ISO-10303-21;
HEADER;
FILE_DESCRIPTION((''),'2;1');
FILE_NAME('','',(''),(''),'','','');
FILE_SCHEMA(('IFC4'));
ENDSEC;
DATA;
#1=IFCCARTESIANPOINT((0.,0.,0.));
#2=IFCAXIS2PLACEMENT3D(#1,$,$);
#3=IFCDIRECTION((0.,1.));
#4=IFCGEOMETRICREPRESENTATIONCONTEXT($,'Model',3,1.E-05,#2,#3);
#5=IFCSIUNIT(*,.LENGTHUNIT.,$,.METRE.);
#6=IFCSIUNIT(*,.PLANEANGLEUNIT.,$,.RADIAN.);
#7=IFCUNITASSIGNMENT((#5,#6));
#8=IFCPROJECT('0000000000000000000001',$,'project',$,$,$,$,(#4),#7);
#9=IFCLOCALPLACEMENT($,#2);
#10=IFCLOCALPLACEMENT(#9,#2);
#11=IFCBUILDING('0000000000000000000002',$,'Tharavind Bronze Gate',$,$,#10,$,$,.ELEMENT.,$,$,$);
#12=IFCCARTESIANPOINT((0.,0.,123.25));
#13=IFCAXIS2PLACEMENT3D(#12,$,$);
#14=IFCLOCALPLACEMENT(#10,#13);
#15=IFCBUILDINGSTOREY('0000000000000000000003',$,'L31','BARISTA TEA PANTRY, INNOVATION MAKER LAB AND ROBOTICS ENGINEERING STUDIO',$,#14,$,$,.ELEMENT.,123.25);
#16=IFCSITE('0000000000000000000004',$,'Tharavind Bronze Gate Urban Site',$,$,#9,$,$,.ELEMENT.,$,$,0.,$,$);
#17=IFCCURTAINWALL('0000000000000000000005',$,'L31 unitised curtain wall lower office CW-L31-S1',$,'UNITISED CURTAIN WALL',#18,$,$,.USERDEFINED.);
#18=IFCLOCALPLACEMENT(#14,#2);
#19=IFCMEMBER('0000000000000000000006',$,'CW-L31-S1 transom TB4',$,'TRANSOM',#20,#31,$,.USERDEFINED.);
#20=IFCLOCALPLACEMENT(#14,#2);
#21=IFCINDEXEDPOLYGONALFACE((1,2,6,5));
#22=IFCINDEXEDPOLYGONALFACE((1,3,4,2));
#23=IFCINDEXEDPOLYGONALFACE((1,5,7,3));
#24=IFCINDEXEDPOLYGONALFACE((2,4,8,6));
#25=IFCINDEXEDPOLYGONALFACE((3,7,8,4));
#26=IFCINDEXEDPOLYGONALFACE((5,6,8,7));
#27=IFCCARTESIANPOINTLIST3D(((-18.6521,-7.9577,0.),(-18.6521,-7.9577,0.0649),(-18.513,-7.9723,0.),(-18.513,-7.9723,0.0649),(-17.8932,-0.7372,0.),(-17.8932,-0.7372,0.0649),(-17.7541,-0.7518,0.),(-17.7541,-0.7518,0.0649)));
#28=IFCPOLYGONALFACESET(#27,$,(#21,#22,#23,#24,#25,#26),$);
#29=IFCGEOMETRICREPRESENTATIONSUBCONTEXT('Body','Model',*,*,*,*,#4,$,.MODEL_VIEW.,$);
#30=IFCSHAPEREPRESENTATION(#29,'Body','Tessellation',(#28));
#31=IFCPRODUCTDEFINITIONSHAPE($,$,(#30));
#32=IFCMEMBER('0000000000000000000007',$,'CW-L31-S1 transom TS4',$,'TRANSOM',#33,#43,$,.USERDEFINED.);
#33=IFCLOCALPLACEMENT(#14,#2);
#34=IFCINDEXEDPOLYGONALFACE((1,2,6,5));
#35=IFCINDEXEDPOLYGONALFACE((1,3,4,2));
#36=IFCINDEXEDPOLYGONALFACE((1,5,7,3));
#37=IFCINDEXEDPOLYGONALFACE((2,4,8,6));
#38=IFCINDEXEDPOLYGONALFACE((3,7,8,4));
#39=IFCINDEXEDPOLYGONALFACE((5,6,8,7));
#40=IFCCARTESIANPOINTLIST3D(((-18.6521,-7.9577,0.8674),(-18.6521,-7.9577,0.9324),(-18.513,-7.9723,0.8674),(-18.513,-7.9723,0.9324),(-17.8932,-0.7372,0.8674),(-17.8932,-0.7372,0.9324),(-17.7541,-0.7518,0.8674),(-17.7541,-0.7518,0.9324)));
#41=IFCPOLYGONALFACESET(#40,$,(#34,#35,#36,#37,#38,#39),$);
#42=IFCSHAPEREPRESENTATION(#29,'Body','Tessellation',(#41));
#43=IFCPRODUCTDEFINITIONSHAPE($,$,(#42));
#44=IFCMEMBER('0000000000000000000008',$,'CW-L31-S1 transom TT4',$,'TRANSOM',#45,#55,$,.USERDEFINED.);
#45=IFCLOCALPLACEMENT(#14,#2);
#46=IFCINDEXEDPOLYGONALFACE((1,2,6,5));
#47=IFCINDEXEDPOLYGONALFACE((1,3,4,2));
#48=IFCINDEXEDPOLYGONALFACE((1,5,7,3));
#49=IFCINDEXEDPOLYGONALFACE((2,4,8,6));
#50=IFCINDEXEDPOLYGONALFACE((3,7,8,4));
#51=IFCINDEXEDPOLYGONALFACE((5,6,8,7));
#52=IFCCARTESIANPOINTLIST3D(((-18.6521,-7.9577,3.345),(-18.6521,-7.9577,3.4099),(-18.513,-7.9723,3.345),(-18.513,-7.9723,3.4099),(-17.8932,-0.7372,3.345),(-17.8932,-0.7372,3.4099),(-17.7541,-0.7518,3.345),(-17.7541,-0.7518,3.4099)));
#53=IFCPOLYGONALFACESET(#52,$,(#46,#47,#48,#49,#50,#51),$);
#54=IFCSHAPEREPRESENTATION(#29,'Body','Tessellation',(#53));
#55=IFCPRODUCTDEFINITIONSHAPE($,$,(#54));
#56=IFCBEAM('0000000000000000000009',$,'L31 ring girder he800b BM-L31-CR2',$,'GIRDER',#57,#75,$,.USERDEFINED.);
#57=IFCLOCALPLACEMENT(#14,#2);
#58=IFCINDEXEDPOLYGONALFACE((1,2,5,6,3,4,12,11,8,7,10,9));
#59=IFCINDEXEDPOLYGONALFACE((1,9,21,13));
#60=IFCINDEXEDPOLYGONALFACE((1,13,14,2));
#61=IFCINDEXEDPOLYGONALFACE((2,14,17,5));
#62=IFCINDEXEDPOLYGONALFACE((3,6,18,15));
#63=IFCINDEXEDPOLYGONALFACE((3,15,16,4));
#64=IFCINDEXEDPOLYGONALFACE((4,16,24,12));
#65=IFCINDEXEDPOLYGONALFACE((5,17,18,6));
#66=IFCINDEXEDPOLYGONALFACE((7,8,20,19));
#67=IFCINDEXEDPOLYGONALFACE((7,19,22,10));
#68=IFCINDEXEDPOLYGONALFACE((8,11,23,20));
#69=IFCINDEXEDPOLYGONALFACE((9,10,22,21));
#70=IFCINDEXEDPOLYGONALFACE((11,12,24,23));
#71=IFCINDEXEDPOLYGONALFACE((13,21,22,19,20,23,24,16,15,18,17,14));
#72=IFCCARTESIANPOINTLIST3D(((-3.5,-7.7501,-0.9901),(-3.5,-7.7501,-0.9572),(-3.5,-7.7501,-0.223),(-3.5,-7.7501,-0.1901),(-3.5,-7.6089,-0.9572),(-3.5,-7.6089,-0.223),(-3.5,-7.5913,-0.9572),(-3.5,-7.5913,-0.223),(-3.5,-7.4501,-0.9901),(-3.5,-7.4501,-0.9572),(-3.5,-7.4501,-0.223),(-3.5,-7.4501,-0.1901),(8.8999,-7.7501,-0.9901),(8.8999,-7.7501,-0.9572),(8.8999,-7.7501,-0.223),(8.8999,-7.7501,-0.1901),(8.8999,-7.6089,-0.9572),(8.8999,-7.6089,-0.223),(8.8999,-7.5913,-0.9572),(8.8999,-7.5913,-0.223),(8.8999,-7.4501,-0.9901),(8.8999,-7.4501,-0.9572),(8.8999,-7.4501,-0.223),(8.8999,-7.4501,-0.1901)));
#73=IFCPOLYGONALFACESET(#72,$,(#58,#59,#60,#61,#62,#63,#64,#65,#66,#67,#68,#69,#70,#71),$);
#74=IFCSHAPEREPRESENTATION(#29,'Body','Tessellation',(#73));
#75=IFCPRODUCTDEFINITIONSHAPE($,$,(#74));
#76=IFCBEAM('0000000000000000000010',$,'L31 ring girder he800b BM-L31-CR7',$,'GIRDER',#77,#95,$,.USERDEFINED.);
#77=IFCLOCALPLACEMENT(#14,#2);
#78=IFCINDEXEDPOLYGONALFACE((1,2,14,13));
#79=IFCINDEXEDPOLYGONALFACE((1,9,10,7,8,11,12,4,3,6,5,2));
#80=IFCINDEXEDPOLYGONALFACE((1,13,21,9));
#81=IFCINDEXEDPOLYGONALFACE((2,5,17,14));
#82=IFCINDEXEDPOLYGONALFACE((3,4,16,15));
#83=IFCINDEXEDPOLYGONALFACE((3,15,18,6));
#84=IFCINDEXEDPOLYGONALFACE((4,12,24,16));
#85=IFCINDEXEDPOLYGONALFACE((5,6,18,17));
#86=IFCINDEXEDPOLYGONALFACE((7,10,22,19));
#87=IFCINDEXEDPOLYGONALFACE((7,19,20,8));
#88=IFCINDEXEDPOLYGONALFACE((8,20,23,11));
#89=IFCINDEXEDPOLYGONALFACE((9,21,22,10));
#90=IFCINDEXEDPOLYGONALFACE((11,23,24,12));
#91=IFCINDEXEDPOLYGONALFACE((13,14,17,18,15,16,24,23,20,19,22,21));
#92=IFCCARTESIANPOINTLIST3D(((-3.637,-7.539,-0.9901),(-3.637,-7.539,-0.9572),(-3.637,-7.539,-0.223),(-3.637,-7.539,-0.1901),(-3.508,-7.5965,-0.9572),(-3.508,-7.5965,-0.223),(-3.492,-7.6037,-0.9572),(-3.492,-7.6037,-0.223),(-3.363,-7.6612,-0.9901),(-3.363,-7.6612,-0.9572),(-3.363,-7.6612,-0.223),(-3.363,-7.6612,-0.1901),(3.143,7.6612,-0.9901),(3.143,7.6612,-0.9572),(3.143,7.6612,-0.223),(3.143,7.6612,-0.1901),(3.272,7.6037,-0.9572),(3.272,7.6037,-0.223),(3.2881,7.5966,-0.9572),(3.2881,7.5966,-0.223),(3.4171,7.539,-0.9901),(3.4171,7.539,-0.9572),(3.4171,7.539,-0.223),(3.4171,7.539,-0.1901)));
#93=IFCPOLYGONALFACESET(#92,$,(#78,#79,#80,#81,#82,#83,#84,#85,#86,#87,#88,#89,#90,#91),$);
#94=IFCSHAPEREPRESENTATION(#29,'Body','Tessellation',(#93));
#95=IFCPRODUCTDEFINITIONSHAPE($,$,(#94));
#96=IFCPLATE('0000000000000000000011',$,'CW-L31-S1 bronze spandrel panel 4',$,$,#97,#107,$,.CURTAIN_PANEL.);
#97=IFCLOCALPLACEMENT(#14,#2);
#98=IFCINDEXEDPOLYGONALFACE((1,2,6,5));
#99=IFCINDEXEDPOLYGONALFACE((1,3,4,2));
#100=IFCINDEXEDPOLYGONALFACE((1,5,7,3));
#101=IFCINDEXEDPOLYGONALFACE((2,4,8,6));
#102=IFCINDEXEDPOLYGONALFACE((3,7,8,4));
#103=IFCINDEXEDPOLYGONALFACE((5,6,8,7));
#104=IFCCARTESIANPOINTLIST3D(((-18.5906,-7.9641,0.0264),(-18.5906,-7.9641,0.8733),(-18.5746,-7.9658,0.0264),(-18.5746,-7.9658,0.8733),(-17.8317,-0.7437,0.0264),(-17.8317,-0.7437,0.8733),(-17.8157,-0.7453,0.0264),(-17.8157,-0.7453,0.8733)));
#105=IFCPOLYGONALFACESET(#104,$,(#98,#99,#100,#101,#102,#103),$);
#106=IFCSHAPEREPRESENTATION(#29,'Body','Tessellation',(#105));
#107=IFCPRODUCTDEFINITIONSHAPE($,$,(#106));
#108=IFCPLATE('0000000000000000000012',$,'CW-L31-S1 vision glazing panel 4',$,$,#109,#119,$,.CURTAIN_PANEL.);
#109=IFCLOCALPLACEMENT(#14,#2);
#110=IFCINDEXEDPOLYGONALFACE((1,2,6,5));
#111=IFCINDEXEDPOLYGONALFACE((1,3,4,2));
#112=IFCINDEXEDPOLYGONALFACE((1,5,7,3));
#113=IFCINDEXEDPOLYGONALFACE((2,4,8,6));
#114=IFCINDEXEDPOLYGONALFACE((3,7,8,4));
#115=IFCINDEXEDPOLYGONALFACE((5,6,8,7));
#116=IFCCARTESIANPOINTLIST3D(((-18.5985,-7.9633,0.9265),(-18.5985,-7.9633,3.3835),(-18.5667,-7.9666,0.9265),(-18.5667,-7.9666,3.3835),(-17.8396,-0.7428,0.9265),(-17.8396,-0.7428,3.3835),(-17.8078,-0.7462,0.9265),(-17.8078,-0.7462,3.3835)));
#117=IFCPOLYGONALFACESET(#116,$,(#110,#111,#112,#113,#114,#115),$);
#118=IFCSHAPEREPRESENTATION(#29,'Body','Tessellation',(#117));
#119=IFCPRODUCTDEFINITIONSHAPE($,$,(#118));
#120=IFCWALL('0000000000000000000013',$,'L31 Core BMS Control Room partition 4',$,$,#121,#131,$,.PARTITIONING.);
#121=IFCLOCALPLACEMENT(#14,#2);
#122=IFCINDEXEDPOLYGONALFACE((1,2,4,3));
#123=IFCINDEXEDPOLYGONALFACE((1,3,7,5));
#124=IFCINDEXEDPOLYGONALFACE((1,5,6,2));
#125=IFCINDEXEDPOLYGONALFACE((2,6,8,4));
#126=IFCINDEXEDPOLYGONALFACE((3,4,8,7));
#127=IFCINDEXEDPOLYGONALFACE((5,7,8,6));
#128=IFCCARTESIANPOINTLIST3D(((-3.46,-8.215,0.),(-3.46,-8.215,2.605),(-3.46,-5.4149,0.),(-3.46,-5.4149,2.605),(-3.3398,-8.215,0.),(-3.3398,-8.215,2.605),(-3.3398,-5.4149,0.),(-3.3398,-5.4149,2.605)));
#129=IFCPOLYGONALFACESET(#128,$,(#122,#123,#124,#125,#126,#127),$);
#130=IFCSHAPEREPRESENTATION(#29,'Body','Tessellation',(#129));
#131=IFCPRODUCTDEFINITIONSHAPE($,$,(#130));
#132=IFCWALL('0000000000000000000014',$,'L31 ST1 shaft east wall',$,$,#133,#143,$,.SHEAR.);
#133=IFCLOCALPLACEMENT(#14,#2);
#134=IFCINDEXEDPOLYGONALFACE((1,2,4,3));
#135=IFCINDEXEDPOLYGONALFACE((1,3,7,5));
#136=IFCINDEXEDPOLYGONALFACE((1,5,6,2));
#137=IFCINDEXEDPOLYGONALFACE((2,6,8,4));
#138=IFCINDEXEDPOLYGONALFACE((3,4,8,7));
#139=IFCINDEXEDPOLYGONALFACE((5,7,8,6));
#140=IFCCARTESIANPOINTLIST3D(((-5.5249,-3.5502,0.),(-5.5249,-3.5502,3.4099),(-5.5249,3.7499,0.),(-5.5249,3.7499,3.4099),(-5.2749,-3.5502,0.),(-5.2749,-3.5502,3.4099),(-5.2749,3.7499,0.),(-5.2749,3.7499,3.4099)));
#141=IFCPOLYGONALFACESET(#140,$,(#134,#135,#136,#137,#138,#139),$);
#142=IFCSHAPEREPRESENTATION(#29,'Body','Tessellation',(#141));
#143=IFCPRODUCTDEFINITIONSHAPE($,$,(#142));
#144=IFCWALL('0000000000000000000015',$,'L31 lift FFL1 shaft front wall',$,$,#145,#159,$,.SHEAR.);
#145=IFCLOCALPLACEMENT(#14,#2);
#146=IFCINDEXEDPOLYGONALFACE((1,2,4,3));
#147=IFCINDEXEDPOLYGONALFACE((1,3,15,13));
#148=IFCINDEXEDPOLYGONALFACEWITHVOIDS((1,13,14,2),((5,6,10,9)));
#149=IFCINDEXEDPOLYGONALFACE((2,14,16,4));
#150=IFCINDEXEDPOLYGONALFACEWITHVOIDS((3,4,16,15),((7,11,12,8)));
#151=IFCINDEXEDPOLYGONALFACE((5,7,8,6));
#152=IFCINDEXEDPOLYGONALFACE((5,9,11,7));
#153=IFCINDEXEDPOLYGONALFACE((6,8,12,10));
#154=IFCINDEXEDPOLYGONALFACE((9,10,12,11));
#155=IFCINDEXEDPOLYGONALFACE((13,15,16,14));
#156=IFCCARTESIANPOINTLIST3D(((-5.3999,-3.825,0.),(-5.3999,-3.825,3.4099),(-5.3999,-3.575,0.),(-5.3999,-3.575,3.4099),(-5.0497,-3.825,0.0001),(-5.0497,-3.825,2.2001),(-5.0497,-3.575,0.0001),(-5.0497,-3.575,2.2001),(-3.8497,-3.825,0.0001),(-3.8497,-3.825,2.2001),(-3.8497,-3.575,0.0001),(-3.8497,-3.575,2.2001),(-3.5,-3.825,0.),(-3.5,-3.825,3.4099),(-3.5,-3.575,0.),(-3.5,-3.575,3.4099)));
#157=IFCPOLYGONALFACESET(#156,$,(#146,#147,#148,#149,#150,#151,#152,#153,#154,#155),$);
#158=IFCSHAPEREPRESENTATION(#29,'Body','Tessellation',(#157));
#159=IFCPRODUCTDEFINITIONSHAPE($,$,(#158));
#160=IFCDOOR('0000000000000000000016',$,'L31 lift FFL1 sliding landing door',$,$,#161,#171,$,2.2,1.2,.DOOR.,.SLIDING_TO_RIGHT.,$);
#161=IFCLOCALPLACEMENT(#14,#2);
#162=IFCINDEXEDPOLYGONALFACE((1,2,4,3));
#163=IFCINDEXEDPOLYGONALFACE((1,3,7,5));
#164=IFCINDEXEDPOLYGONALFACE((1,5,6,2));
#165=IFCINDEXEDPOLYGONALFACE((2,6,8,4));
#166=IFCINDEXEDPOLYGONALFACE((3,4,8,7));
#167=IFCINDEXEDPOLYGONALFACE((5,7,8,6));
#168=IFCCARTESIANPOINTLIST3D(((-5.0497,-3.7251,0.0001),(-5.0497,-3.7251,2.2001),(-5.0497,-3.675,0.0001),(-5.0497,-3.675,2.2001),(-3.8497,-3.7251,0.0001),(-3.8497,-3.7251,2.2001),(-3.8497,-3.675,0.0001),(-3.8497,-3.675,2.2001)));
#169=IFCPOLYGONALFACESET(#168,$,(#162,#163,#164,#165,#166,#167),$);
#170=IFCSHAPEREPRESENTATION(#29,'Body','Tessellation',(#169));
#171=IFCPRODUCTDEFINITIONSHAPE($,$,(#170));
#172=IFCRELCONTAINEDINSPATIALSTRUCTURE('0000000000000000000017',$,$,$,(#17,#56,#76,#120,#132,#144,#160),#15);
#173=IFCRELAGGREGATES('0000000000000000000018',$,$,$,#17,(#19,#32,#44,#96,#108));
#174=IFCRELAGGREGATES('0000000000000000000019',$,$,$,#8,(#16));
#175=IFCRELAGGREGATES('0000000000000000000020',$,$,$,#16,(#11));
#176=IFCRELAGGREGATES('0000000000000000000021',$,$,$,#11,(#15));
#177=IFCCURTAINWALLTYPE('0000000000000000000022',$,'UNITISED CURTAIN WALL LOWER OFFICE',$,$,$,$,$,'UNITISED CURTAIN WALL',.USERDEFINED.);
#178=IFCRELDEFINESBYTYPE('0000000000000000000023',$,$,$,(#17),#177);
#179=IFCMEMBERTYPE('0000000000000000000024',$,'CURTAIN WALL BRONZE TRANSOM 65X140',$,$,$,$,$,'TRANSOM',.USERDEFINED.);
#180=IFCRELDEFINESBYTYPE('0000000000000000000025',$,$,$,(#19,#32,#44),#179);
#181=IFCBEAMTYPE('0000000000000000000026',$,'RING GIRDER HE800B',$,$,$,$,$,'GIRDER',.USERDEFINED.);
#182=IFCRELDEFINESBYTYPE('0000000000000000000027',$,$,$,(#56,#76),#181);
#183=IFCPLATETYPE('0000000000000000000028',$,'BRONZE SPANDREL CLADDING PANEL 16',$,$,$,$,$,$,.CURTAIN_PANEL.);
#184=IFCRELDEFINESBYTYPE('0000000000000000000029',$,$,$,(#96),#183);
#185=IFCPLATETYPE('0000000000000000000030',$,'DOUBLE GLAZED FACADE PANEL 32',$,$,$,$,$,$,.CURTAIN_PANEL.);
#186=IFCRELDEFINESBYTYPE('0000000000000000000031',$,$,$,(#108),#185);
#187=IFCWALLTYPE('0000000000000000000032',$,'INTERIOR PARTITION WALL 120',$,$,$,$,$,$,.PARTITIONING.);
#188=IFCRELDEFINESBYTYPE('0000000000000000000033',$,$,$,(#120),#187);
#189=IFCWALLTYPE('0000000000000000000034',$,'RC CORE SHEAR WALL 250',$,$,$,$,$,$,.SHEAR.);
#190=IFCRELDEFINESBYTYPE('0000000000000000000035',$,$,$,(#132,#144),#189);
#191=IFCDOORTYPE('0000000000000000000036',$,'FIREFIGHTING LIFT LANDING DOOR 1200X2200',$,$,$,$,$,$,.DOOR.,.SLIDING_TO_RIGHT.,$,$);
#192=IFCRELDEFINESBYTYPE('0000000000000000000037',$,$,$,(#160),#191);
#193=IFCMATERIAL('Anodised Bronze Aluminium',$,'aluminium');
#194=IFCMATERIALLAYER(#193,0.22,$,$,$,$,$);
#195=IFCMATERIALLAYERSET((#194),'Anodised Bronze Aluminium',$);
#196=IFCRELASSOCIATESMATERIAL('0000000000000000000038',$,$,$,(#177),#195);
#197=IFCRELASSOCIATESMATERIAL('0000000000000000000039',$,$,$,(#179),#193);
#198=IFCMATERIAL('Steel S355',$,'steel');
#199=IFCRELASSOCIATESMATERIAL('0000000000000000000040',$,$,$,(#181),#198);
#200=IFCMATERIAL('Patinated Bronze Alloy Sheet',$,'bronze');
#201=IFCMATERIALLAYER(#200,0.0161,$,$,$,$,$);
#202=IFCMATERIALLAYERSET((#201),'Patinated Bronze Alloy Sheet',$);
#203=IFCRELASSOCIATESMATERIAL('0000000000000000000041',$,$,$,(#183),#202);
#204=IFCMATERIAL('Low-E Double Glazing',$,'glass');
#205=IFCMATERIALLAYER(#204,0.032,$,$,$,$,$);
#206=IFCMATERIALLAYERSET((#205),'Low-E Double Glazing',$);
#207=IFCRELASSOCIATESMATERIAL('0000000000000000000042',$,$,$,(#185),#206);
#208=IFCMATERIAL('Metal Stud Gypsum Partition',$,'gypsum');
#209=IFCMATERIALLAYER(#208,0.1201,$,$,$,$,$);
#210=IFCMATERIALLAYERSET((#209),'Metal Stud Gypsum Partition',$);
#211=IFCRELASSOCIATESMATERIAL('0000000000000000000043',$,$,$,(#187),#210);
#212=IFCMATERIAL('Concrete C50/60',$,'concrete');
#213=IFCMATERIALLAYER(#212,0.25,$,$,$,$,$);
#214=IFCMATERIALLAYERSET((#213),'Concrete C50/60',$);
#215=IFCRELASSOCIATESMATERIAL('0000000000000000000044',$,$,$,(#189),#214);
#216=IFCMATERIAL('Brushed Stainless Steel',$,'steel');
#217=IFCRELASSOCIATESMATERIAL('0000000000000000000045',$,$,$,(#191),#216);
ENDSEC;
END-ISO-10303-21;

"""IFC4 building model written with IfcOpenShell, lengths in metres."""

from ifc_helpers import new_model, si_unit, direction, frame, frame_2d, origin, origin_2d, place, context, subcontext, project, spatial, rectangle, i_section, extrude, material, layer, layer_set, material_profile, profile_set, type_object, element, fill, aggregate, save


model = new_model("IFC4")

# Units and contexts
model_context = context("Model", 3, precision=1e-05, world=origin(), true_north=direction((0.0, 1.0)))
body_context = subcontext(model_context, "Body", "Model", "MODEL_VIEW")
ifc_project = project(units=[si_unit("LENGTHUNIT", "METRE"), si_unit("PLANEANGLEUNIT", "RADIAN")], contexts=[model_context])

# Site, building, storey
site_placement = place(None, origin())
site = spatial("IfcSite", under=ifc_project, at=site_placement, Name="Tharavind Bronze Gate Urban Site", CompositionType="ELEMENT", RefElevation=0.0)
building_placement = place(site_placement, origin())
building = spatial("IfcBuilding", under=site, at=building_placement, Name="Tharavind Bronze Gate", CompositionType="ELEMENT")
storey_placement = place(building_placement, frame((0.0, 0.0, 123.25)))
storey = spatial("IfcBuildingStorey", under=building, at=storey_placement, Name="L31", Description="BARISTA TEA PANTRY, INNOVATION MAKER LAB AND ROBOTICS ENGINEERING STUDIO", CompositionType="ELEMENT", Elevation=123.25)

# Curtain wall, members
ifc_material_1 = material(Name="Anodised Bronze Aluminium", Category="aluminium")
ifc_layer_1 = layer(ifc_material_1, 0.22)
ifc_layer_set_1 = layer_set([ifc_layer_1], Name="Anodised Bronze Aluminium")
curtain_wall_type = type_object("IfcCurtainWallType", Name="UNITISED CURTAIN WALL LOWER OFFICE", ElementType="UNITISED CURTAIN WALL", PredefinedType="USERDEFINED", material=ifc_layer_set_1)
curtain_wall_placement = place(storey_placement, origin())
curtain_wall = element("IfcCurtainWall", 1, at=curtain_wall_placement, inside=storey, type_object=curtain_wall_type, Name="L31 unitised curtain wall lower office CW-L31-S1", ObjectType="UNITISED CURTAIN WALL", PredefinedType="USERDEFINED")
member_type = type_object("IfcMemberType", Name="CURTAIN WALL BRONZE TRANSOM 65X140", ElementType="TRANSOM", PredefinedType="USERDEFINED", material=ifc_material_1)
member_1_placement = place(storey_placement, frame((-18.2031, -4.3547, 0.0), z_axis=(0.0, 0.0, 1.0), x_axis=(-0.104527, -0.994522, 0.0)))
member_1 = element("IfcMember", 2, at=member_1_placement, type_object=member_type, Name="CW-L31-S1 transom TB4", ObjectType="TRANSOM", PredefinedType="USERDEFINED", context=body_context, shape_type="SweptSolid", body=[
    extrude(rectangle(XDim=7.2603, YDim=0.1399, at=origin_2d()), origin(), (0.0, 0.0, 1.0), 0.0649),
])
member_2_placement = place(storey_placement, frame((-18.2031, -4.3547, 0.8674), z_axis=(0.0, 0.0, 1.0), x_axis=(-0.104527, -0.994522, 0.0)))
member_2 = element("IfcMember", 3, at=member_2_placement, type_object=member_type, Name="CW-L31-S1 transom TS4", ObjectType="TRANSOM", PredefinedType="USERDEFINED", context=body_context, shape_type="SweptSolid", body=[
    extrude(rectangle(XDim=7.2603, YDim=0.1399, at=origin_2d()), origin(), (0.0, 0.0, 1.0), 0.0649),
])
member_3_placement = place(storey_placement, frame((-18.2031, -4.3547, 3.345), z_axis=(0.0, 0.0, 1.0), x_axis=(-0.104527, -0.994522, 0.0)))
member_3 = element("IfcMember", 4, at=member_3_placement, type_object=member_type, Name="CW-L31-S1 transom TT4", ObjectType="TRANSOM", PredefinedType="USERDEFINED", context=body_context, shape_type="SweptSolid", body=[
    extrude(rectangle(XDim=7.2603, YDim=0.1399, at=origin_2d()), origin(), (0.0, 0.0, 1.0), 0.0649),
])

# Beams
ifc_material_2 = material(Name="Steel S355", Category="steel")
ifc_material_profile = material_profile(ifc_material_2, i_section(OverallWidth=0.3, OverallDepth=0.8, WebThickness=0.0176, FlangeThickness=0.033, at=origin_2d()), Name="HE800B")
ifc_profile_set = profile_set([ifc_material_profile], Name="Steel S355")
beam_type = type_object("IfcBeamType", Name="RING GIRDER HE800B", ElementType="GIRDER", PredefinedType="USERDEFINED", material=ifc_profile_set)
beam_1_placement = place(storey_placement, frame((-3.5, -7.6001, -0.5901), z_axis=(1.0, 0.0, 0.0), x_axis=(0.0, 1.0, 0.0)))
element("IfcBeam", 5, at=beam_1_placement, inside=storey, type_object=beam_type, Name="L31 ring girder he800b BM-L31-CR2", ObjectType="GIRDER", PredefinedType="USERDEFINED", context=body_context, shape_type="SweptSolid", body=[
    extrude(i_section(OverallWidth=0.3, OverallDepth=0.8, WebThickness=0.0176, FlangeThickness=0.033, at=origin_2d()), origin(), (0.0, 0.0, 1.0), 12.3999),
])
beam_2_placement = place(storey_placement, frame((-3.5, -7.6001, -0.5901), z_axis=(0.407362, 0.913267, 0.0), x_axis=(-0.913267, 0.407362, 0.0)))
element("IfcBeam", 6, at=beam_2_placement, inside=storey, type_object=beam_type, Name="L31 ring girder he800b BM-L31-CR7", ObjectType="GIRDER", PredefinedType="USERDEFINED", context=body_context, shape_type="SweptSolid", body=[
    extrude(i_section(OverallWidth=0.3, OverallDepth=0.8, WebThickness=0.0176, FlangeThickness=0.033, at=origin_2d()), origin(), (0.0, 0.0, 1.0), 16.6438),
])

# Plates
ifc_material_3 = material(Name="Patinated Bronze Alloy Sheet", Category="bronze")
ifc_layer_2 = layer(ifc_material_3, 0.0161)
ifc_layer_set_2 = layer_set([ifc_layer_2], Name="Patinated Bronze Alloy Sheet")
plate_type_1 = type_object("IfcPlateType", Name="BRONZE SPANDREL CLADDING PANEL 16", PredefinedType="CURTAIN_PANEL", material=ifc_layer_set_2)
plate_1_placement = place(storey_placement, frame((-18.2031, -4.3547, 0.0264), z_axis=(0.0, 0.0, 1.0), x_axis=(-0.104527, -0.994522, 0.0)))
plate_1 = element("IfcPlate", 7, at=plate_1_placement, type_object=plate_type_1, Name="CW-L31-S1 bronze spandrel panel 4", PredefinedType="CURTAIN_PANEL", context=body_context, shape_type="SweptSolid", body=[
    extrude(rectangle(XDim=7.2603, YDim=0.0161, at=origin_2d()), origin(), (0.0, 0.0, 1.0), 0.8469),
])
ifc_material_4 = material(Name="Low-E Double Glazing", Category="glass")
ifc_layer_3 = layer(ifc_material_4, 0.032)
ifc_layer_set_3 = layer_set([ifc_layer_3], Name="Low-E Double Glazing")
plate_type_2 = type_object("IfcPlateType", Name="DOUBLE GLAZED FACADE PANEL 32", PredefinedType="CURTAIN_PANEL", material=ifc_layer_set_3)
plate_2_placement = place(storey_placement, frame((-18.2031, -4.3547, 0.9265), z_axis=(0.0, 0.0, 1.0), x_axis=(-0.104527, -0.994522, 0.0)))
plate_2 = element("IfcPlate", 8, at=plate_2_placement, type_object=plate_type_2, Name="CW-L31-S1 vision glazing panel 4", PredefinedType="CURTAIN_PANEL", context=body_context, shape_type="SweptSolid", body=[
    extrude(rectangle(XDim=7.2603, YDim=0.032, at=origin_2d()), origin(), (0.0, 0.0, 1.0), 2.457),
])
aggregate(curtain_wall, [member_1, member_2, member_3, plate_1, plate_2])

# Walls
ifc_material_5 = material(Name="Metal Stud Gypsum Partition", Category="gypsum")
ifc_layer_4 = layer(ifc_material_5, 0.1201)
ifc_layer_set_4 = layer_set([ifc_layer_4], Name="Metal Stud Gypsum Partition")
wall_type_1 = type_object("IfcWallType", Name="INTERIOR PARTITION WALL 120", PredefinedType="PARTITIONING", material=ifc_layer_set_4)
wall_1_placement = place(storey_placement, frame((-3.3999, -5.415, 0.0), z_axis=(0.0, 0.0, 1.0), x_axis=(0.0, -1.0, 0.0)))
element("IfcWall", 9, at=wall_1_placement, inside=storey, type_object=wall_type_1, Name="L31 Core BMS Control Room partition 4", PredefinedType="PARTITIONING", context=body_context, shape_type="SweptSolid", body=[
    extrude(rectangle(XDim=2.8, YDim=0.1201, at=frame_2d((1.3999, 0.0))), origin(), (0.0, 0.0, 1.0), 2.605),
])
ifc_material_6 = material(Name="Concrete C50/60", Category="concrete")
ifc_layer_5 = layer(ifc_material_6, 0.25)
ifc_layer_set_5 = layer_set([ifc_layer_5], Name="Concrete C50/60")
wall_type_2 = type_object("IfcWallType", Name="RC CORE SHEAR WALL 250", PredefinedType="SHEAR", material=ifc_layer_set_5)
wall_2_placement = place(storey_placement, frame((-5.3999, -3.55, 0.0), z_axis=(0.0, 0.0, 1.0), x_axis=(0.0, 1.0, 0.0)))
element("IfcWall", 10, at=wall_2_placement, inside=storey, type_object=wall_type_2, Name="L31 ST1 shaft east wall", PredefinedType="SHEAR", context=body_context, shape_type="SweptSolid", body=[
    extrude(rectangle(XDim=7.3, YDim=0.25, at=frame_2d((3.6499, 0.0))), origin(), (0.0, 0.0, 1.0), 3.4099),
])

# Wall, opening, door
wall_3_placement = place(storey_placement, frame((-5.3999, -3.7, 0.0), z_axis=(0.0, 0.0, 1.0), x_axis=(1.0, 0.0, 0.0)))
wall_3 = element("IfcWall", 11, at=wall_3_placement, inside=storey, type_object=wall_type_2, Name="L31 lift FFL1 shaft front wall", PredefinedType="SHEAR", context=body_context, shape_type="SweptSolid", body=[
    extrude(rectangle(XDim=1.8999, YDim=0.25, at=frame_2d((0.95, 0.0))), origin(), (0.0, 0.0, 1.0), 3.4099),
])
opening_1_placement = place(wall_3_placement, frame((0.3501, 0.0, 0.0)))
opening_1 = element("IfcOpeningElement", 12, at=opening_1_placement, cuts=wall_3, PredefinedType="OPENING", context=body_context, shape_type="SweptSolid", body=[
    extrude(rectangle(XDim=1.2, YDim=2.2, at=frame_2d((0.6001, 1.1001))), frame((0.0, 0.135, 0.0), z_axis=(0.0, -1.0, 0.0), x_axis=(1.0, 0.0, 0.0)), (0.0, 0.0, 1.0), 0.27),
])
ifc_material_7 = material(Name="Brushed Stainless Steel", Category="steel")
door_type_1 = type_object("IfcDoorType", Name="FIREFIGHTING LIFT LANDING DOOR 1200X2200", OperationType="SLIDING_TO_RIGHT", PredefinedType="DOOR", material=ifc_material_7)
door_1_placement = place(opening_1_placement, origin())
door_1 = element("IfcDoor", 13, at=door_1_placement, inside=storey, type_object=door_type_1, Name="L31 lift FFL1 sliding landing door", OperationType="SLIDING_TO_RIGHT", OverallHeight=2.2, OverallWidth=1.2, PredefinedType="DOOR", context=body_context, shape_type="SweptSolid", body=[
    extrude(rectangle(XDim=1.2, YDim=2.2, at=frame_2d((0.6001, 1.1001))), frame((0.0, 0.0249, 0.0), z_axis=(0.0, -1.0, 0.0), x_axis=(1.0, 0.0, 0.0)), (0.0, 0.0, 1.0), 0.05),
])
fill(opening_1, door_1)

save(model, "model.ifc")
